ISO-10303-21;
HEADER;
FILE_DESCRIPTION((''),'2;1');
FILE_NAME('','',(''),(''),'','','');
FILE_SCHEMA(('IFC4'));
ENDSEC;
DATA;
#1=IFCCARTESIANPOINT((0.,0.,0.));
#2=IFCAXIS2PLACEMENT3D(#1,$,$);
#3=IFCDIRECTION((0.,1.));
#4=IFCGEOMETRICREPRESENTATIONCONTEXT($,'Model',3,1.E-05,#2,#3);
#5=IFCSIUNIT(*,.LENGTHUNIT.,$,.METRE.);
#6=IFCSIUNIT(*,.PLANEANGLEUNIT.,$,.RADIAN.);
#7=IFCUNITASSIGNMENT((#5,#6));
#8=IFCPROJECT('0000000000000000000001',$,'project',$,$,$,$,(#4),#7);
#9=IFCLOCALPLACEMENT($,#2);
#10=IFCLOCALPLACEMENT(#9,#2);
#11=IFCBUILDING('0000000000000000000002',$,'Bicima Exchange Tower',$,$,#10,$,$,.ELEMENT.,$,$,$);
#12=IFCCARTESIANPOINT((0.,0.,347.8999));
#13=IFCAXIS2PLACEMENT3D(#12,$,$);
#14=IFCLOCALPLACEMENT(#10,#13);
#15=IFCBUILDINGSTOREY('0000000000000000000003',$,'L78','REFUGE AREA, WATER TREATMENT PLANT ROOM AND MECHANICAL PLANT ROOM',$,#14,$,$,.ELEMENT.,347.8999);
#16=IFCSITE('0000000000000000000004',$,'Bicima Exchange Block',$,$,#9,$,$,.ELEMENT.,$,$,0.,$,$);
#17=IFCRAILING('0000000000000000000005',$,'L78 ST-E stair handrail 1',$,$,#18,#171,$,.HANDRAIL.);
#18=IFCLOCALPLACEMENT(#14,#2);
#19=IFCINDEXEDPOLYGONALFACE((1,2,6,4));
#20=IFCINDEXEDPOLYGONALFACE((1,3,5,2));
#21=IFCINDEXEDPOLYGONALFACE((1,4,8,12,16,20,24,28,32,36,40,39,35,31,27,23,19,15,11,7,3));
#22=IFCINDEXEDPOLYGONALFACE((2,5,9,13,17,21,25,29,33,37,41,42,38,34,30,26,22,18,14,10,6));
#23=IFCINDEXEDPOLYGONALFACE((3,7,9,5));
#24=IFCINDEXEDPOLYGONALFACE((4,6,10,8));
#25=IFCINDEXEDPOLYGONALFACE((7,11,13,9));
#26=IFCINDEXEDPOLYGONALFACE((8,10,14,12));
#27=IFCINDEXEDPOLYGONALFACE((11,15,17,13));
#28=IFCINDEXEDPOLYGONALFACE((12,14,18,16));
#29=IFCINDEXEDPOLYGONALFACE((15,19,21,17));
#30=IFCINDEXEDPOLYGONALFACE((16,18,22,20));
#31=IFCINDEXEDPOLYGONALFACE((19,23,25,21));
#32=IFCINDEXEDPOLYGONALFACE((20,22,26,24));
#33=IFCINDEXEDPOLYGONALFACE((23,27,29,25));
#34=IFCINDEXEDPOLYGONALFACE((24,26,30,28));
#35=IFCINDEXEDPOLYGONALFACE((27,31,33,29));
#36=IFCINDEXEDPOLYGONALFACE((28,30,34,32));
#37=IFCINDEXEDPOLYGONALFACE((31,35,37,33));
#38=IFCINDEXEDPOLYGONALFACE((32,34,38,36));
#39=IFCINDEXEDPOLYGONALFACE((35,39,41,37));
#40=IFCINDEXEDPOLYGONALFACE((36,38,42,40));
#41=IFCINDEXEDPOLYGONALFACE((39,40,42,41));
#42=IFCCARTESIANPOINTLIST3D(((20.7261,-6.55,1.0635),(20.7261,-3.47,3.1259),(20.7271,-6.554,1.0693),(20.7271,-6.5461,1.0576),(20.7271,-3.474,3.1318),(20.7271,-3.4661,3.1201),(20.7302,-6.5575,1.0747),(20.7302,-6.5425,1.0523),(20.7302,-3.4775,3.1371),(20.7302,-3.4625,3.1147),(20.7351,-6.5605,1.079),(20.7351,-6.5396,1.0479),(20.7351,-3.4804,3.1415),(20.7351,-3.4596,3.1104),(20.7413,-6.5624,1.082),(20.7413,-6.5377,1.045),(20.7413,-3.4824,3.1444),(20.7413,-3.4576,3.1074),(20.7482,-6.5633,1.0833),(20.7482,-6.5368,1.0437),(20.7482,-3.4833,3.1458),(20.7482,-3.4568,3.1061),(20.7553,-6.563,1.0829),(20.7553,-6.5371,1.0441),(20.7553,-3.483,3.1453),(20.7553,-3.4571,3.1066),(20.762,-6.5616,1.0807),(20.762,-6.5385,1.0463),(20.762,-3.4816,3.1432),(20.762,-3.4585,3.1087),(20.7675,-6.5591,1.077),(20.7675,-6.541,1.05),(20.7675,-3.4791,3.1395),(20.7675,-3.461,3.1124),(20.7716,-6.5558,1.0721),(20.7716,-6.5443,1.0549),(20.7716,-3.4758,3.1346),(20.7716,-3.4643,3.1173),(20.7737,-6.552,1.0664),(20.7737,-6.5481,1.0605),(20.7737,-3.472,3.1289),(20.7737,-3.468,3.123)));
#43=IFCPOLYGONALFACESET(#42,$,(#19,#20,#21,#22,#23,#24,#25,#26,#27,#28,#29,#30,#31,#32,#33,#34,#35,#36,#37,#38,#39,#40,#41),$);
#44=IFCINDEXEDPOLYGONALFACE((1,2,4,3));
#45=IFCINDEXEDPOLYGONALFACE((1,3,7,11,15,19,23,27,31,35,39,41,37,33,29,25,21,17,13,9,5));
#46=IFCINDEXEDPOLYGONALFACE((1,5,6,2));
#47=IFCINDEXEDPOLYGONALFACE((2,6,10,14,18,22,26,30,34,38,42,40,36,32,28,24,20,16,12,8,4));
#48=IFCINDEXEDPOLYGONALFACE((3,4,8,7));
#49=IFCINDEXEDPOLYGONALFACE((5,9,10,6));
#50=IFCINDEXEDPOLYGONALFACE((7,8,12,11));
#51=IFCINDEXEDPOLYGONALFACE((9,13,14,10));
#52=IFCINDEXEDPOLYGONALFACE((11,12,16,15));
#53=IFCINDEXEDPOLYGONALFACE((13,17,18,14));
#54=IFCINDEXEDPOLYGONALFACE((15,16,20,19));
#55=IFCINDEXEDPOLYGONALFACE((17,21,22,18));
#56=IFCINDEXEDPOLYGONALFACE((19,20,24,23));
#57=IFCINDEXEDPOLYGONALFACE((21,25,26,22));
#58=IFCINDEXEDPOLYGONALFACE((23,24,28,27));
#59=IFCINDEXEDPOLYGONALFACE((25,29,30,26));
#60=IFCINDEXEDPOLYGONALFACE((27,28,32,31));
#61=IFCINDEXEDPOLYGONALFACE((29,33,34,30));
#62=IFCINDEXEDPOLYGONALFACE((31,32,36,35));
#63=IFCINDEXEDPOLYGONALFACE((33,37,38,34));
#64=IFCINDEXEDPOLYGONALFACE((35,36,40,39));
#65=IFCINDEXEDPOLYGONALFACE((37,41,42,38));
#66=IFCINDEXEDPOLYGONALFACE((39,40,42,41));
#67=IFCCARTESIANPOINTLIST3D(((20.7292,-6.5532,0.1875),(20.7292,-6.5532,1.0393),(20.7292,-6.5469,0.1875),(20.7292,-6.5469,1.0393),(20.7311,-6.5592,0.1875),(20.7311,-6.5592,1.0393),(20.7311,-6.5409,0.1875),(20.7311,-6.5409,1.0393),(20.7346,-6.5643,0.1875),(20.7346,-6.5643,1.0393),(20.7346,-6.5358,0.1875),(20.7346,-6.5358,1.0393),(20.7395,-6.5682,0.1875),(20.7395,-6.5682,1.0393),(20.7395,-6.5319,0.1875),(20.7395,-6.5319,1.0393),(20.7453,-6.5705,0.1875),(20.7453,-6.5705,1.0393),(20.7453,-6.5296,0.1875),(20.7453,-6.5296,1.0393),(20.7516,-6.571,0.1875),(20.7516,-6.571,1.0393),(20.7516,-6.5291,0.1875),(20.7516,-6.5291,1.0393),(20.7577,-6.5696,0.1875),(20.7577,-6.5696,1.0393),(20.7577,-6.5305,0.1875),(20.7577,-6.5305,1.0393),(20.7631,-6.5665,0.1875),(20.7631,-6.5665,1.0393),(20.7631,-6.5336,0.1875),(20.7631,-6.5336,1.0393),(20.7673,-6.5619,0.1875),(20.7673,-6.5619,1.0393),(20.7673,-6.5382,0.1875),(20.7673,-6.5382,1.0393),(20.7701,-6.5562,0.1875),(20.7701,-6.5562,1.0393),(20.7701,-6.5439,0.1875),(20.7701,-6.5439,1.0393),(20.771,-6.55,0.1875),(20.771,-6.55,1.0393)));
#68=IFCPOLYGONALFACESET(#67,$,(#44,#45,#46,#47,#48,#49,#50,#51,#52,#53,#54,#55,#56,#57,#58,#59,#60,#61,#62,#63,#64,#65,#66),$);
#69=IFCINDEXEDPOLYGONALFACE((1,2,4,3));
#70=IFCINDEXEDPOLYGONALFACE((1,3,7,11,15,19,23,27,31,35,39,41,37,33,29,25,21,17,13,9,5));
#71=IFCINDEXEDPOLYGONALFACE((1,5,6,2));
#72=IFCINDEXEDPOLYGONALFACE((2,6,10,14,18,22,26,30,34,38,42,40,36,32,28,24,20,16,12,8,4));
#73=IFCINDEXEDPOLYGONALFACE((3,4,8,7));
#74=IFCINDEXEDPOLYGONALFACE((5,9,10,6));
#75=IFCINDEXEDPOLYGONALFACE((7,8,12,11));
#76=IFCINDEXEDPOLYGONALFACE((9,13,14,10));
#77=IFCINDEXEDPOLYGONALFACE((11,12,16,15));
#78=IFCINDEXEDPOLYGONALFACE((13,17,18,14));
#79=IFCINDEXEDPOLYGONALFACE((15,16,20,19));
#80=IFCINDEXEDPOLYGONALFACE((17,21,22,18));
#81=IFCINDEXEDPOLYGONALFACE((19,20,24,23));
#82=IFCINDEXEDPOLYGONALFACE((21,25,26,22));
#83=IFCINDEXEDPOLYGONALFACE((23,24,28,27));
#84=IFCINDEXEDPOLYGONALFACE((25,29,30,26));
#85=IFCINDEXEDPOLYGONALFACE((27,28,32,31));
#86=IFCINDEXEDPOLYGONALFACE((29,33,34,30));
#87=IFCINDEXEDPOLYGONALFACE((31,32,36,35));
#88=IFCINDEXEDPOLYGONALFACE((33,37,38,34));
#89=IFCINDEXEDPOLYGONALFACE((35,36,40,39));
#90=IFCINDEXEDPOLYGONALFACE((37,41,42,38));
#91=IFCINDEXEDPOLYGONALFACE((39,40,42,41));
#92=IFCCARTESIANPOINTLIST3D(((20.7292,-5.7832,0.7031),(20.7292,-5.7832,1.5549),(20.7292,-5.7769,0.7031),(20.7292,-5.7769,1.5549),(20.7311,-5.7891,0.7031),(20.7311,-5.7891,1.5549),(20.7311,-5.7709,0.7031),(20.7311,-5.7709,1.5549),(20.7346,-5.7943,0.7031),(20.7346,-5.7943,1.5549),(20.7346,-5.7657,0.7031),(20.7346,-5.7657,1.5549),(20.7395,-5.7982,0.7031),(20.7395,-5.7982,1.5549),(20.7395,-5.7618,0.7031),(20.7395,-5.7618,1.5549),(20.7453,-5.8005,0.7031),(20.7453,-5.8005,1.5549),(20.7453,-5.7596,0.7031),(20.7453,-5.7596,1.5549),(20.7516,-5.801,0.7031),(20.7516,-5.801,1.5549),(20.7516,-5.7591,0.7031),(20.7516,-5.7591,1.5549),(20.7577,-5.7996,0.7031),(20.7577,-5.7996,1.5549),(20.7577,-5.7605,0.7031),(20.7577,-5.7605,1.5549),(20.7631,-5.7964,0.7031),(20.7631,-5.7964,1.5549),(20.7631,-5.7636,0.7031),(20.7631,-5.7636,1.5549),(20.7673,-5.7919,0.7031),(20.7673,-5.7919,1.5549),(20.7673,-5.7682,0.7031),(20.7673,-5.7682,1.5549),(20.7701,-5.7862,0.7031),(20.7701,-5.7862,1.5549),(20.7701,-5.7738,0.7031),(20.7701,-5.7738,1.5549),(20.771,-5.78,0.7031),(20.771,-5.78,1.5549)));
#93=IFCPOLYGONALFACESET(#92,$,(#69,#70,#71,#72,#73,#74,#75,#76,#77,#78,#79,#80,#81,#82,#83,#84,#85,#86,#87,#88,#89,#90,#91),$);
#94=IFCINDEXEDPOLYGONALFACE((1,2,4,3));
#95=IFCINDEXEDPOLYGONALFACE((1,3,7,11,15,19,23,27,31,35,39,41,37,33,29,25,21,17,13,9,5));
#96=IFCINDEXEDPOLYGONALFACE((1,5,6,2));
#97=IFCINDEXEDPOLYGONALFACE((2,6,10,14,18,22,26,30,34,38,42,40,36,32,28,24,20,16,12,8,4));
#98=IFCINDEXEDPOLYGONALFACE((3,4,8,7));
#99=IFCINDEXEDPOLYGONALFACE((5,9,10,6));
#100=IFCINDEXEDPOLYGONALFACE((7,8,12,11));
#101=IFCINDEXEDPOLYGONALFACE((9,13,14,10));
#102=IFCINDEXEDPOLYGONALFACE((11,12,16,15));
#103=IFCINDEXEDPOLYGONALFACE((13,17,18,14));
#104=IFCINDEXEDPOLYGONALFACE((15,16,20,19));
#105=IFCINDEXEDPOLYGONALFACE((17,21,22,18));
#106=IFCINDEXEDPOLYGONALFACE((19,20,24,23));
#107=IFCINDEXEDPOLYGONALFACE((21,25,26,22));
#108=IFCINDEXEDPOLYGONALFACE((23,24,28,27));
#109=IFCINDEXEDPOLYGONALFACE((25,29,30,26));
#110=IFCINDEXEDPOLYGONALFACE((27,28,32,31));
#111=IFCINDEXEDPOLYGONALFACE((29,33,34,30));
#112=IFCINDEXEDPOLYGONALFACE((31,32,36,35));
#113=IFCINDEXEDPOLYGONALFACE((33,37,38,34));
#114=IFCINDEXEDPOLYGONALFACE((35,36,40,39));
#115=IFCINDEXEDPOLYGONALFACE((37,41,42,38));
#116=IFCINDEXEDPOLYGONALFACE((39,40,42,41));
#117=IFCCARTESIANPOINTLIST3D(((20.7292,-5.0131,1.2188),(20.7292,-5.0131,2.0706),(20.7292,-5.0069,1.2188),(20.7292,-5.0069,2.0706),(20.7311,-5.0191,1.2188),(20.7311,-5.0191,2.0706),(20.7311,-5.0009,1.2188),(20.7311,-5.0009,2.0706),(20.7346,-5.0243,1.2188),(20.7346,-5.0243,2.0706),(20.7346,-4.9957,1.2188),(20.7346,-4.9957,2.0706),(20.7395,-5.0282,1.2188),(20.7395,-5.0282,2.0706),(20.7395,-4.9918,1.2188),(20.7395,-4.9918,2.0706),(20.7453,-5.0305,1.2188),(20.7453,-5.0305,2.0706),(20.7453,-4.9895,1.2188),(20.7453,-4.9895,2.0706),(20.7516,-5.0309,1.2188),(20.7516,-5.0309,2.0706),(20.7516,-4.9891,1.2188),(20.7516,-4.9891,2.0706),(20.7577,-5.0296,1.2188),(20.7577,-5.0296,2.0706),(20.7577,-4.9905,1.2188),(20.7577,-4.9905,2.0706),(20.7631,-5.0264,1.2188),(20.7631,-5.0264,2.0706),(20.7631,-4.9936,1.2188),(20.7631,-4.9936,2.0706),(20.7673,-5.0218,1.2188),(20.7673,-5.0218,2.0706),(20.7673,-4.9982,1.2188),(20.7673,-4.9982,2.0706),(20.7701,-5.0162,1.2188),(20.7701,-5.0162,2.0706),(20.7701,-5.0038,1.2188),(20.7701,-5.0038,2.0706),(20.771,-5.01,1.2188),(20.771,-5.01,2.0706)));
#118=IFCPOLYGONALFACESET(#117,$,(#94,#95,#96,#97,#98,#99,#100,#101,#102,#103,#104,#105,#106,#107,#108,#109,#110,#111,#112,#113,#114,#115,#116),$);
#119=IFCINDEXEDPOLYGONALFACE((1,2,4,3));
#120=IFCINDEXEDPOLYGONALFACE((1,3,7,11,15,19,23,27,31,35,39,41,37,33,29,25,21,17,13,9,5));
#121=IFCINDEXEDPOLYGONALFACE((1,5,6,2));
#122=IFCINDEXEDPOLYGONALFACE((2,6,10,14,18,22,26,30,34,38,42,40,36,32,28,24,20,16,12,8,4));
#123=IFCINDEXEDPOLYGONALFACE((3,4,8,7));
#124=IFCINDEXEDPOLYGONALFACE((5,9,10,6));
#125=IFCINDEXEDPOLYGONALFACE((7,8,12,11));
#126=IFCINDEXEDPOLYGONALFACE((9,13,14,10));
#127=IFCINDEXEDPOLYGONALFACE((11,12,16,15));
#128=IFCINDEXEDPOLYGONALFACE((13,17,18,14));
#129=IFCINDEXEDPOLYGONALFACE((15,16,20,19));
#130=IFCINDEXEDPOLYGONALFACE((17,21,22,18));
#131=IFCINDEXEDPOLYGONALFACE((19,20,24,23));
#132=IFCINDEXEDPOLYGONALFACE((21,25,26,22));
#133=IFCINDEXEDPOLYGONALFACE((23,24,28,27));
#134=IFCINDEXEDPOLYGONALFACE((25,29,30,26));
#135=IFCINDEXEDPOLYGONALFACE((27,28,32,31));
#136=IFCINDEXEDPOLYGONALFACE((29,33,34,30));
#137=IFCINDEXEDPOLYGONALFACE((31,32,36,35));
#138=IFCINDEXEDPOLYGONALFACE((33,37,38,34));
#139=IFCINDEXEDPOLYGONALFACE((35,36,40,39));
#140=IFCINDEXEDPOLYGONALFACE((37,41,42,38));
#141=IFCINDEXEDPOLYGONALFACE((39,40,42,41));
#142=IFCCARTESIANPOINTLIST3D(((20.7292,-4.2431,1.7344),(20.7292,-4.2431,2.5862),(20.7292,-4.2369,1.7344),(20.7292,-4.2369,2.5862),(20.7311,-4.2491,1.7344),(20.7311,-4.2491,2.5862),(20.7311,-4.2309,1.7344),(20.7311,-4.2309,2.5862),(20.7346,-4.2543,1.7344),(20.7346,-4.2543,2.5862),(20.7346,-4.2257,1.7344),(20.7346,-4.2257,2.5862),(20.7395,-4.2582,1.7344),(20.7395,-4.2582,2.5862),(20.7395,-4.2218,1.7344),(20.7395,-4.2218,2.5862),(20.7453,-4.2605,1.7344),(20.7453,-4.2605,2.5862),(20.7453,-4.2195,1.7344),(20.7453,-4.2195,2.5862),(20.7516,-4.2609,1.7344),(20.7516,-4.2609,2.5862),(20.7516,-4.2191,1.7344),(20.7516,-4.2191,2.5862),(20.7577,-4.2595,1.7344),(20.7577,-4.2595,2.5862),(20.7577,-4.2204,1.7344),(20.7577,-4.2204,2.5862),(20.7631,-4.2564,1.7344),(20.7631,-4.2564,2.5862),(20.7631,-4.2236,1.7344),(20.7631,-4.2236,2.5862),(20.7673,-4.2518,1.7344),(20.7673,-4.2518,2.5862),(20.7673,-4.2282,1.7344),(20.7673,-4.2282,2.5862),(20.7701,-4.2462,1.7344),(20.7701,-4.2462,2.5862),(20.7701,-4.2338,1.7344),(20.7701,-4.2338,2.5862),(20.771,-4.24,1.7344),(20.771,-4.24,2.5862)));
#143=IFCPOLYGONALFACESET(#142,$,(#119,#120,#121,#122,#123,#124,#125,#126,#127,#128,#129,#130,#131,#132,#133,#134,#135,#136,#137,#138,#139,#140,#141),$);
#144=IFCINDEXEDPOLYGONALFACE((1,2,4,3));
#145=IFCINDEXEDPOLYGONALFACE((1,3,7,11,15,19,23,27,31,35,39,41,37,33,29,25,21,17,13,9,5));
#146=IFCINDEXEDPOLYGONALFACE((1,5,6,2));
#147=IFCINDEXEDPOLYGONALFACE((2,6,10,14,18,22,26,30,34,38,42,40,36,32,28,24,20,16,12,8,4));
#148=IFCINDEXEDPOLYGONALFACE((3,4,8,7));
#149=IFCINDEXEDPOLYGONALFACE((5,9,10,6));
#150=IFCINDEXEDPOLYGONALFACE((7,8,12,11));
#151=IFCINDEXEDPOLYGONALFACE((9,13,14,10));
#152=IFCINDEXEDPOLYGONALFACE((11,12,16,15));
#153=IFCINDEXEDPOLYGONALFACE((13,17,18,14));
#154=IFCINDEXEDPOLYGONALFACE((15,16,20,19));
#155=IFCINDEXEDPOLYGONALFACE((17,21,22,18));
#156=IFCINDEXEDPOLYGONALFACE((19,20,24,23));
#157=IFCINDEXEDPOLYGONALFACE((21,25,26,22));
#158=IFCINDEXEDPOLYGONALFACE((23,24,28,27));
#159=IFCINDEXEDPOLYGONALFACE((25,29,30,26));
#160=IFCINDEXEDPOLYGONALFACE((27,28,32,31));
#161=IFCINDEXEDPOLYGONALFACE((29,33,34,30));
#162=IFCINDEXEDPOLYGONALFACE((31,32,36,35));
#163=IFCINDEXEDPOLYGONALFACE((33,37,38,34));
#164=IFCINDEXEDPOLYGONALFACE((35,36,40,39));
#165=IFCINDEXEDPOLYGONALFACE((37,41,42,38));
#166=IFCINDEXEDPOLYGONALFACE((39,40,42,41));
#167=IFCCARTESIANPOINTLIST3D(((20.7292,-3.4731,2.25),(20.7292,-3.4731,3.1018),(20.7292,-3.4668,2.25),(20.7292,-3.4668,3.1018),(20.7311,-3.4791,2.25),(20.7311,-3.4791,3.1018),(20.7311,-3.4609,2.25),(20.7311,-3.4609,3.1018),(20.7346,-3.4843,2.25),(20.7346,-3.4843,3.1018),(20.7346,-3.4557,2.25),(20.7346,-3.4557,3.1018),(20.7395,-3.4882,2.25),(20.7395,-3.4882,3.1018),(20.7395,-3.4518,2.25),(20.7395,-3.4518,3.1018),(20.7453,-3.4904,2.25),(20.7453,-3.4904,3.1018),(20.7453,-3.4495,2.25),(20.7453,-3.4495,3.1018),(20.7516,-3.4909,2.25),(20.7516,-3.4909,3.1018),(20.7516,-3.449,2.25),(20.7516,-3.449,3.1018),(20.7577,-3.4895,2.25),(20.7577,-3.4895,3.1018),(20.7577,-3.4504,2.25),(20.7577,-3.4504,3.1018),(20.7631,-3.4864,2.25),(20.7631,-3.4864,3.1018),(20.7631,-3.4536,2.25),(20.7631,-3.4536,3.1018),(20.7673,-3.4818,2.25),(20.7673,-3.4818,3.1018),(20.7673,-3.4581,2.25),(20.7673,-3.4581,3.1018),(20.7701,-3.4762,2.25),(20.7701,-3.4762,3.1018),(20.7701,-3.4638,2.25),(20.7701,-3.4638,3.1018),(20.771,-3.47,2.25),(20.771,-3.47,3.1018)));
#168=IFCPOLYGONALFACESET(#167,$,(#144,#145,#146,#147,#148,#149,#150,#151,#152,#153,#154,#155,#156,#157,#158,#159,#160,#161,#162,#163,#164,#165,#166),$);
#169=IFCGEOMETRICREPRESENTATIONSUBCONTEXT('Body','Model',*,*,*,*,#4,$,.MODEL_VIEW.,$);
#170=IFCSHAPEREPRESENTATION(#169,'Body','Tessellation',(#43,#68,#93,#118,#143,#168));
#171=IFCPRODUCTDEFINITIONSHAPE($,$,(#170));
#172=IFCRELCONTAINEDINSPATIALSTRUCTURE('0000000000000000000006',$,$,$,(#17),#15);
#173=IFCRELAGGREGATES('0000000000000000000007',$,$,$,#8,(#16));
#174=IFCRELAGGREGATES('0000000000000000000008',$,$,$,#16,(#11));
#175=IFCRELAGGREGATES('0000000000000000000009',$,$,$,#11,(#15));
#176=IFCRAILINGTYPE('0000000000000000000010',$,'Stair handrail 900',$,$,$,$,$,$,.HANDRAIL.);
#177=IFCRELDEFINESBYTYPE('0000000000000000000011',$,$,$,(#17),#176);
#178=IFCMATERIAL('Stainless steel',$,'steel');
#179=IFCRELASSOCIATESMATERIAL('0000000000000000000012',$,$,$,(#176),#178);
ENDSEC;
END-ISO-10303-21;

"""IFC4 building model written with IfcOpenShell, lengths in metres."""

from ifc_helpers import new_model, si_unit, direction, frame, origin, origin_2d, place, context, subcontext, project, spatial, circle, extrude, material, type_object, element, save


model = new_model("IFC4")

# Units and contexts
model_context = context("Model", 3, precision=1e-05, world=origin(), true_north=direction((0.0, 1.0)))
body_context = subcontext(model_context, "Body", "Model", "MODEL_VIEW")
ifc_project = project(units=[si_unit("LENGTHUNIT", "METRE"), si_unit("PLANEANGLEUNIT", "RADIAN")], contexts=[model_context])

# Site, building, storey
site_placement = place(None, origin())
site = spatial("IfcSite", under=ifc_project, at=site_placement, Name="Bicima Exchange Block", CompositionType="ELEMENT", RefElevation=0.0)
building_placement = place(site_placement, origin())
building = spatial("IfcBuilding", under=site, at=building_placement, Name="Bicima Exchange Tower", CompositionType="ELEMENT")
storey_placement = place(building_placement, frame((0.0, 0.0, 347.8999)))
storey = spatial("IfcBuildingStorey", under=building, at=storey_placement, Name="L78", Description="REFUGE AREA, WATER TREATMENT PLANT ROOM AND MECHANICAL PLANT ROOM", CompositionType="ELEMENT", Elevation=347.8999)

# Railing
ifc_material_1 = material(Name="Stainless steel", Category="steel")
railing_type_1 = type_object("IfcRailingType", Name="Stair handrail 900", PredefinedType="HANDRAIL", material=ifc_material_1)
railing_1_placement = place(storey_placement, frame((20.75, -6.55, 0.1875)))
element("IfcRailing", 1, at=railing_1_placement, inside=storey, type_object=railing_type_1, Name="L78 ST-E stair handrail 1", PredefinedType="HANDRAIL", context=body_context, shape_type="SweptSolid", body=[
    extrude(circle(Radius=0.0239, at=origin_2d()), frame((0.0, 0.0, 0.876), z_axis=(0.0, 0.830914, 0.556401), x_axis=(-1.0, 0.0, 0.0)), (0.0, 0.0, 1.0), 3.7068),
    extrude(circle(Radius=0.021, at=origin_2d()), origin(), (0.0, 0.0, 1.0), 0.8518),
    extrude(circle(Radius=0.021, at=origin_2d()), frame((0.0, 0.77, 0.5156)), (0.0, 0.0, 1.0), 0.8518),
    extrude(circle(Radius=0.021, at=origin_2d()), frame((0.0, 1.54, 1.0312)), (0.0, 0.0, 1.0), 0.8518),
    extrude(circle(Radius=0.021, at=origin_2d()), frame((0.0, 2.3101, 1.5469)), (0.0, 0.0, 1.0), 0.8518),
    extrude(circle(Radius=0.021, at=origin_2d()), frame((0.0, 3.0801, 2.0625)), (0.0, 0.0, 1.0), 0.8518),
])

save(model, "model.ifc")
